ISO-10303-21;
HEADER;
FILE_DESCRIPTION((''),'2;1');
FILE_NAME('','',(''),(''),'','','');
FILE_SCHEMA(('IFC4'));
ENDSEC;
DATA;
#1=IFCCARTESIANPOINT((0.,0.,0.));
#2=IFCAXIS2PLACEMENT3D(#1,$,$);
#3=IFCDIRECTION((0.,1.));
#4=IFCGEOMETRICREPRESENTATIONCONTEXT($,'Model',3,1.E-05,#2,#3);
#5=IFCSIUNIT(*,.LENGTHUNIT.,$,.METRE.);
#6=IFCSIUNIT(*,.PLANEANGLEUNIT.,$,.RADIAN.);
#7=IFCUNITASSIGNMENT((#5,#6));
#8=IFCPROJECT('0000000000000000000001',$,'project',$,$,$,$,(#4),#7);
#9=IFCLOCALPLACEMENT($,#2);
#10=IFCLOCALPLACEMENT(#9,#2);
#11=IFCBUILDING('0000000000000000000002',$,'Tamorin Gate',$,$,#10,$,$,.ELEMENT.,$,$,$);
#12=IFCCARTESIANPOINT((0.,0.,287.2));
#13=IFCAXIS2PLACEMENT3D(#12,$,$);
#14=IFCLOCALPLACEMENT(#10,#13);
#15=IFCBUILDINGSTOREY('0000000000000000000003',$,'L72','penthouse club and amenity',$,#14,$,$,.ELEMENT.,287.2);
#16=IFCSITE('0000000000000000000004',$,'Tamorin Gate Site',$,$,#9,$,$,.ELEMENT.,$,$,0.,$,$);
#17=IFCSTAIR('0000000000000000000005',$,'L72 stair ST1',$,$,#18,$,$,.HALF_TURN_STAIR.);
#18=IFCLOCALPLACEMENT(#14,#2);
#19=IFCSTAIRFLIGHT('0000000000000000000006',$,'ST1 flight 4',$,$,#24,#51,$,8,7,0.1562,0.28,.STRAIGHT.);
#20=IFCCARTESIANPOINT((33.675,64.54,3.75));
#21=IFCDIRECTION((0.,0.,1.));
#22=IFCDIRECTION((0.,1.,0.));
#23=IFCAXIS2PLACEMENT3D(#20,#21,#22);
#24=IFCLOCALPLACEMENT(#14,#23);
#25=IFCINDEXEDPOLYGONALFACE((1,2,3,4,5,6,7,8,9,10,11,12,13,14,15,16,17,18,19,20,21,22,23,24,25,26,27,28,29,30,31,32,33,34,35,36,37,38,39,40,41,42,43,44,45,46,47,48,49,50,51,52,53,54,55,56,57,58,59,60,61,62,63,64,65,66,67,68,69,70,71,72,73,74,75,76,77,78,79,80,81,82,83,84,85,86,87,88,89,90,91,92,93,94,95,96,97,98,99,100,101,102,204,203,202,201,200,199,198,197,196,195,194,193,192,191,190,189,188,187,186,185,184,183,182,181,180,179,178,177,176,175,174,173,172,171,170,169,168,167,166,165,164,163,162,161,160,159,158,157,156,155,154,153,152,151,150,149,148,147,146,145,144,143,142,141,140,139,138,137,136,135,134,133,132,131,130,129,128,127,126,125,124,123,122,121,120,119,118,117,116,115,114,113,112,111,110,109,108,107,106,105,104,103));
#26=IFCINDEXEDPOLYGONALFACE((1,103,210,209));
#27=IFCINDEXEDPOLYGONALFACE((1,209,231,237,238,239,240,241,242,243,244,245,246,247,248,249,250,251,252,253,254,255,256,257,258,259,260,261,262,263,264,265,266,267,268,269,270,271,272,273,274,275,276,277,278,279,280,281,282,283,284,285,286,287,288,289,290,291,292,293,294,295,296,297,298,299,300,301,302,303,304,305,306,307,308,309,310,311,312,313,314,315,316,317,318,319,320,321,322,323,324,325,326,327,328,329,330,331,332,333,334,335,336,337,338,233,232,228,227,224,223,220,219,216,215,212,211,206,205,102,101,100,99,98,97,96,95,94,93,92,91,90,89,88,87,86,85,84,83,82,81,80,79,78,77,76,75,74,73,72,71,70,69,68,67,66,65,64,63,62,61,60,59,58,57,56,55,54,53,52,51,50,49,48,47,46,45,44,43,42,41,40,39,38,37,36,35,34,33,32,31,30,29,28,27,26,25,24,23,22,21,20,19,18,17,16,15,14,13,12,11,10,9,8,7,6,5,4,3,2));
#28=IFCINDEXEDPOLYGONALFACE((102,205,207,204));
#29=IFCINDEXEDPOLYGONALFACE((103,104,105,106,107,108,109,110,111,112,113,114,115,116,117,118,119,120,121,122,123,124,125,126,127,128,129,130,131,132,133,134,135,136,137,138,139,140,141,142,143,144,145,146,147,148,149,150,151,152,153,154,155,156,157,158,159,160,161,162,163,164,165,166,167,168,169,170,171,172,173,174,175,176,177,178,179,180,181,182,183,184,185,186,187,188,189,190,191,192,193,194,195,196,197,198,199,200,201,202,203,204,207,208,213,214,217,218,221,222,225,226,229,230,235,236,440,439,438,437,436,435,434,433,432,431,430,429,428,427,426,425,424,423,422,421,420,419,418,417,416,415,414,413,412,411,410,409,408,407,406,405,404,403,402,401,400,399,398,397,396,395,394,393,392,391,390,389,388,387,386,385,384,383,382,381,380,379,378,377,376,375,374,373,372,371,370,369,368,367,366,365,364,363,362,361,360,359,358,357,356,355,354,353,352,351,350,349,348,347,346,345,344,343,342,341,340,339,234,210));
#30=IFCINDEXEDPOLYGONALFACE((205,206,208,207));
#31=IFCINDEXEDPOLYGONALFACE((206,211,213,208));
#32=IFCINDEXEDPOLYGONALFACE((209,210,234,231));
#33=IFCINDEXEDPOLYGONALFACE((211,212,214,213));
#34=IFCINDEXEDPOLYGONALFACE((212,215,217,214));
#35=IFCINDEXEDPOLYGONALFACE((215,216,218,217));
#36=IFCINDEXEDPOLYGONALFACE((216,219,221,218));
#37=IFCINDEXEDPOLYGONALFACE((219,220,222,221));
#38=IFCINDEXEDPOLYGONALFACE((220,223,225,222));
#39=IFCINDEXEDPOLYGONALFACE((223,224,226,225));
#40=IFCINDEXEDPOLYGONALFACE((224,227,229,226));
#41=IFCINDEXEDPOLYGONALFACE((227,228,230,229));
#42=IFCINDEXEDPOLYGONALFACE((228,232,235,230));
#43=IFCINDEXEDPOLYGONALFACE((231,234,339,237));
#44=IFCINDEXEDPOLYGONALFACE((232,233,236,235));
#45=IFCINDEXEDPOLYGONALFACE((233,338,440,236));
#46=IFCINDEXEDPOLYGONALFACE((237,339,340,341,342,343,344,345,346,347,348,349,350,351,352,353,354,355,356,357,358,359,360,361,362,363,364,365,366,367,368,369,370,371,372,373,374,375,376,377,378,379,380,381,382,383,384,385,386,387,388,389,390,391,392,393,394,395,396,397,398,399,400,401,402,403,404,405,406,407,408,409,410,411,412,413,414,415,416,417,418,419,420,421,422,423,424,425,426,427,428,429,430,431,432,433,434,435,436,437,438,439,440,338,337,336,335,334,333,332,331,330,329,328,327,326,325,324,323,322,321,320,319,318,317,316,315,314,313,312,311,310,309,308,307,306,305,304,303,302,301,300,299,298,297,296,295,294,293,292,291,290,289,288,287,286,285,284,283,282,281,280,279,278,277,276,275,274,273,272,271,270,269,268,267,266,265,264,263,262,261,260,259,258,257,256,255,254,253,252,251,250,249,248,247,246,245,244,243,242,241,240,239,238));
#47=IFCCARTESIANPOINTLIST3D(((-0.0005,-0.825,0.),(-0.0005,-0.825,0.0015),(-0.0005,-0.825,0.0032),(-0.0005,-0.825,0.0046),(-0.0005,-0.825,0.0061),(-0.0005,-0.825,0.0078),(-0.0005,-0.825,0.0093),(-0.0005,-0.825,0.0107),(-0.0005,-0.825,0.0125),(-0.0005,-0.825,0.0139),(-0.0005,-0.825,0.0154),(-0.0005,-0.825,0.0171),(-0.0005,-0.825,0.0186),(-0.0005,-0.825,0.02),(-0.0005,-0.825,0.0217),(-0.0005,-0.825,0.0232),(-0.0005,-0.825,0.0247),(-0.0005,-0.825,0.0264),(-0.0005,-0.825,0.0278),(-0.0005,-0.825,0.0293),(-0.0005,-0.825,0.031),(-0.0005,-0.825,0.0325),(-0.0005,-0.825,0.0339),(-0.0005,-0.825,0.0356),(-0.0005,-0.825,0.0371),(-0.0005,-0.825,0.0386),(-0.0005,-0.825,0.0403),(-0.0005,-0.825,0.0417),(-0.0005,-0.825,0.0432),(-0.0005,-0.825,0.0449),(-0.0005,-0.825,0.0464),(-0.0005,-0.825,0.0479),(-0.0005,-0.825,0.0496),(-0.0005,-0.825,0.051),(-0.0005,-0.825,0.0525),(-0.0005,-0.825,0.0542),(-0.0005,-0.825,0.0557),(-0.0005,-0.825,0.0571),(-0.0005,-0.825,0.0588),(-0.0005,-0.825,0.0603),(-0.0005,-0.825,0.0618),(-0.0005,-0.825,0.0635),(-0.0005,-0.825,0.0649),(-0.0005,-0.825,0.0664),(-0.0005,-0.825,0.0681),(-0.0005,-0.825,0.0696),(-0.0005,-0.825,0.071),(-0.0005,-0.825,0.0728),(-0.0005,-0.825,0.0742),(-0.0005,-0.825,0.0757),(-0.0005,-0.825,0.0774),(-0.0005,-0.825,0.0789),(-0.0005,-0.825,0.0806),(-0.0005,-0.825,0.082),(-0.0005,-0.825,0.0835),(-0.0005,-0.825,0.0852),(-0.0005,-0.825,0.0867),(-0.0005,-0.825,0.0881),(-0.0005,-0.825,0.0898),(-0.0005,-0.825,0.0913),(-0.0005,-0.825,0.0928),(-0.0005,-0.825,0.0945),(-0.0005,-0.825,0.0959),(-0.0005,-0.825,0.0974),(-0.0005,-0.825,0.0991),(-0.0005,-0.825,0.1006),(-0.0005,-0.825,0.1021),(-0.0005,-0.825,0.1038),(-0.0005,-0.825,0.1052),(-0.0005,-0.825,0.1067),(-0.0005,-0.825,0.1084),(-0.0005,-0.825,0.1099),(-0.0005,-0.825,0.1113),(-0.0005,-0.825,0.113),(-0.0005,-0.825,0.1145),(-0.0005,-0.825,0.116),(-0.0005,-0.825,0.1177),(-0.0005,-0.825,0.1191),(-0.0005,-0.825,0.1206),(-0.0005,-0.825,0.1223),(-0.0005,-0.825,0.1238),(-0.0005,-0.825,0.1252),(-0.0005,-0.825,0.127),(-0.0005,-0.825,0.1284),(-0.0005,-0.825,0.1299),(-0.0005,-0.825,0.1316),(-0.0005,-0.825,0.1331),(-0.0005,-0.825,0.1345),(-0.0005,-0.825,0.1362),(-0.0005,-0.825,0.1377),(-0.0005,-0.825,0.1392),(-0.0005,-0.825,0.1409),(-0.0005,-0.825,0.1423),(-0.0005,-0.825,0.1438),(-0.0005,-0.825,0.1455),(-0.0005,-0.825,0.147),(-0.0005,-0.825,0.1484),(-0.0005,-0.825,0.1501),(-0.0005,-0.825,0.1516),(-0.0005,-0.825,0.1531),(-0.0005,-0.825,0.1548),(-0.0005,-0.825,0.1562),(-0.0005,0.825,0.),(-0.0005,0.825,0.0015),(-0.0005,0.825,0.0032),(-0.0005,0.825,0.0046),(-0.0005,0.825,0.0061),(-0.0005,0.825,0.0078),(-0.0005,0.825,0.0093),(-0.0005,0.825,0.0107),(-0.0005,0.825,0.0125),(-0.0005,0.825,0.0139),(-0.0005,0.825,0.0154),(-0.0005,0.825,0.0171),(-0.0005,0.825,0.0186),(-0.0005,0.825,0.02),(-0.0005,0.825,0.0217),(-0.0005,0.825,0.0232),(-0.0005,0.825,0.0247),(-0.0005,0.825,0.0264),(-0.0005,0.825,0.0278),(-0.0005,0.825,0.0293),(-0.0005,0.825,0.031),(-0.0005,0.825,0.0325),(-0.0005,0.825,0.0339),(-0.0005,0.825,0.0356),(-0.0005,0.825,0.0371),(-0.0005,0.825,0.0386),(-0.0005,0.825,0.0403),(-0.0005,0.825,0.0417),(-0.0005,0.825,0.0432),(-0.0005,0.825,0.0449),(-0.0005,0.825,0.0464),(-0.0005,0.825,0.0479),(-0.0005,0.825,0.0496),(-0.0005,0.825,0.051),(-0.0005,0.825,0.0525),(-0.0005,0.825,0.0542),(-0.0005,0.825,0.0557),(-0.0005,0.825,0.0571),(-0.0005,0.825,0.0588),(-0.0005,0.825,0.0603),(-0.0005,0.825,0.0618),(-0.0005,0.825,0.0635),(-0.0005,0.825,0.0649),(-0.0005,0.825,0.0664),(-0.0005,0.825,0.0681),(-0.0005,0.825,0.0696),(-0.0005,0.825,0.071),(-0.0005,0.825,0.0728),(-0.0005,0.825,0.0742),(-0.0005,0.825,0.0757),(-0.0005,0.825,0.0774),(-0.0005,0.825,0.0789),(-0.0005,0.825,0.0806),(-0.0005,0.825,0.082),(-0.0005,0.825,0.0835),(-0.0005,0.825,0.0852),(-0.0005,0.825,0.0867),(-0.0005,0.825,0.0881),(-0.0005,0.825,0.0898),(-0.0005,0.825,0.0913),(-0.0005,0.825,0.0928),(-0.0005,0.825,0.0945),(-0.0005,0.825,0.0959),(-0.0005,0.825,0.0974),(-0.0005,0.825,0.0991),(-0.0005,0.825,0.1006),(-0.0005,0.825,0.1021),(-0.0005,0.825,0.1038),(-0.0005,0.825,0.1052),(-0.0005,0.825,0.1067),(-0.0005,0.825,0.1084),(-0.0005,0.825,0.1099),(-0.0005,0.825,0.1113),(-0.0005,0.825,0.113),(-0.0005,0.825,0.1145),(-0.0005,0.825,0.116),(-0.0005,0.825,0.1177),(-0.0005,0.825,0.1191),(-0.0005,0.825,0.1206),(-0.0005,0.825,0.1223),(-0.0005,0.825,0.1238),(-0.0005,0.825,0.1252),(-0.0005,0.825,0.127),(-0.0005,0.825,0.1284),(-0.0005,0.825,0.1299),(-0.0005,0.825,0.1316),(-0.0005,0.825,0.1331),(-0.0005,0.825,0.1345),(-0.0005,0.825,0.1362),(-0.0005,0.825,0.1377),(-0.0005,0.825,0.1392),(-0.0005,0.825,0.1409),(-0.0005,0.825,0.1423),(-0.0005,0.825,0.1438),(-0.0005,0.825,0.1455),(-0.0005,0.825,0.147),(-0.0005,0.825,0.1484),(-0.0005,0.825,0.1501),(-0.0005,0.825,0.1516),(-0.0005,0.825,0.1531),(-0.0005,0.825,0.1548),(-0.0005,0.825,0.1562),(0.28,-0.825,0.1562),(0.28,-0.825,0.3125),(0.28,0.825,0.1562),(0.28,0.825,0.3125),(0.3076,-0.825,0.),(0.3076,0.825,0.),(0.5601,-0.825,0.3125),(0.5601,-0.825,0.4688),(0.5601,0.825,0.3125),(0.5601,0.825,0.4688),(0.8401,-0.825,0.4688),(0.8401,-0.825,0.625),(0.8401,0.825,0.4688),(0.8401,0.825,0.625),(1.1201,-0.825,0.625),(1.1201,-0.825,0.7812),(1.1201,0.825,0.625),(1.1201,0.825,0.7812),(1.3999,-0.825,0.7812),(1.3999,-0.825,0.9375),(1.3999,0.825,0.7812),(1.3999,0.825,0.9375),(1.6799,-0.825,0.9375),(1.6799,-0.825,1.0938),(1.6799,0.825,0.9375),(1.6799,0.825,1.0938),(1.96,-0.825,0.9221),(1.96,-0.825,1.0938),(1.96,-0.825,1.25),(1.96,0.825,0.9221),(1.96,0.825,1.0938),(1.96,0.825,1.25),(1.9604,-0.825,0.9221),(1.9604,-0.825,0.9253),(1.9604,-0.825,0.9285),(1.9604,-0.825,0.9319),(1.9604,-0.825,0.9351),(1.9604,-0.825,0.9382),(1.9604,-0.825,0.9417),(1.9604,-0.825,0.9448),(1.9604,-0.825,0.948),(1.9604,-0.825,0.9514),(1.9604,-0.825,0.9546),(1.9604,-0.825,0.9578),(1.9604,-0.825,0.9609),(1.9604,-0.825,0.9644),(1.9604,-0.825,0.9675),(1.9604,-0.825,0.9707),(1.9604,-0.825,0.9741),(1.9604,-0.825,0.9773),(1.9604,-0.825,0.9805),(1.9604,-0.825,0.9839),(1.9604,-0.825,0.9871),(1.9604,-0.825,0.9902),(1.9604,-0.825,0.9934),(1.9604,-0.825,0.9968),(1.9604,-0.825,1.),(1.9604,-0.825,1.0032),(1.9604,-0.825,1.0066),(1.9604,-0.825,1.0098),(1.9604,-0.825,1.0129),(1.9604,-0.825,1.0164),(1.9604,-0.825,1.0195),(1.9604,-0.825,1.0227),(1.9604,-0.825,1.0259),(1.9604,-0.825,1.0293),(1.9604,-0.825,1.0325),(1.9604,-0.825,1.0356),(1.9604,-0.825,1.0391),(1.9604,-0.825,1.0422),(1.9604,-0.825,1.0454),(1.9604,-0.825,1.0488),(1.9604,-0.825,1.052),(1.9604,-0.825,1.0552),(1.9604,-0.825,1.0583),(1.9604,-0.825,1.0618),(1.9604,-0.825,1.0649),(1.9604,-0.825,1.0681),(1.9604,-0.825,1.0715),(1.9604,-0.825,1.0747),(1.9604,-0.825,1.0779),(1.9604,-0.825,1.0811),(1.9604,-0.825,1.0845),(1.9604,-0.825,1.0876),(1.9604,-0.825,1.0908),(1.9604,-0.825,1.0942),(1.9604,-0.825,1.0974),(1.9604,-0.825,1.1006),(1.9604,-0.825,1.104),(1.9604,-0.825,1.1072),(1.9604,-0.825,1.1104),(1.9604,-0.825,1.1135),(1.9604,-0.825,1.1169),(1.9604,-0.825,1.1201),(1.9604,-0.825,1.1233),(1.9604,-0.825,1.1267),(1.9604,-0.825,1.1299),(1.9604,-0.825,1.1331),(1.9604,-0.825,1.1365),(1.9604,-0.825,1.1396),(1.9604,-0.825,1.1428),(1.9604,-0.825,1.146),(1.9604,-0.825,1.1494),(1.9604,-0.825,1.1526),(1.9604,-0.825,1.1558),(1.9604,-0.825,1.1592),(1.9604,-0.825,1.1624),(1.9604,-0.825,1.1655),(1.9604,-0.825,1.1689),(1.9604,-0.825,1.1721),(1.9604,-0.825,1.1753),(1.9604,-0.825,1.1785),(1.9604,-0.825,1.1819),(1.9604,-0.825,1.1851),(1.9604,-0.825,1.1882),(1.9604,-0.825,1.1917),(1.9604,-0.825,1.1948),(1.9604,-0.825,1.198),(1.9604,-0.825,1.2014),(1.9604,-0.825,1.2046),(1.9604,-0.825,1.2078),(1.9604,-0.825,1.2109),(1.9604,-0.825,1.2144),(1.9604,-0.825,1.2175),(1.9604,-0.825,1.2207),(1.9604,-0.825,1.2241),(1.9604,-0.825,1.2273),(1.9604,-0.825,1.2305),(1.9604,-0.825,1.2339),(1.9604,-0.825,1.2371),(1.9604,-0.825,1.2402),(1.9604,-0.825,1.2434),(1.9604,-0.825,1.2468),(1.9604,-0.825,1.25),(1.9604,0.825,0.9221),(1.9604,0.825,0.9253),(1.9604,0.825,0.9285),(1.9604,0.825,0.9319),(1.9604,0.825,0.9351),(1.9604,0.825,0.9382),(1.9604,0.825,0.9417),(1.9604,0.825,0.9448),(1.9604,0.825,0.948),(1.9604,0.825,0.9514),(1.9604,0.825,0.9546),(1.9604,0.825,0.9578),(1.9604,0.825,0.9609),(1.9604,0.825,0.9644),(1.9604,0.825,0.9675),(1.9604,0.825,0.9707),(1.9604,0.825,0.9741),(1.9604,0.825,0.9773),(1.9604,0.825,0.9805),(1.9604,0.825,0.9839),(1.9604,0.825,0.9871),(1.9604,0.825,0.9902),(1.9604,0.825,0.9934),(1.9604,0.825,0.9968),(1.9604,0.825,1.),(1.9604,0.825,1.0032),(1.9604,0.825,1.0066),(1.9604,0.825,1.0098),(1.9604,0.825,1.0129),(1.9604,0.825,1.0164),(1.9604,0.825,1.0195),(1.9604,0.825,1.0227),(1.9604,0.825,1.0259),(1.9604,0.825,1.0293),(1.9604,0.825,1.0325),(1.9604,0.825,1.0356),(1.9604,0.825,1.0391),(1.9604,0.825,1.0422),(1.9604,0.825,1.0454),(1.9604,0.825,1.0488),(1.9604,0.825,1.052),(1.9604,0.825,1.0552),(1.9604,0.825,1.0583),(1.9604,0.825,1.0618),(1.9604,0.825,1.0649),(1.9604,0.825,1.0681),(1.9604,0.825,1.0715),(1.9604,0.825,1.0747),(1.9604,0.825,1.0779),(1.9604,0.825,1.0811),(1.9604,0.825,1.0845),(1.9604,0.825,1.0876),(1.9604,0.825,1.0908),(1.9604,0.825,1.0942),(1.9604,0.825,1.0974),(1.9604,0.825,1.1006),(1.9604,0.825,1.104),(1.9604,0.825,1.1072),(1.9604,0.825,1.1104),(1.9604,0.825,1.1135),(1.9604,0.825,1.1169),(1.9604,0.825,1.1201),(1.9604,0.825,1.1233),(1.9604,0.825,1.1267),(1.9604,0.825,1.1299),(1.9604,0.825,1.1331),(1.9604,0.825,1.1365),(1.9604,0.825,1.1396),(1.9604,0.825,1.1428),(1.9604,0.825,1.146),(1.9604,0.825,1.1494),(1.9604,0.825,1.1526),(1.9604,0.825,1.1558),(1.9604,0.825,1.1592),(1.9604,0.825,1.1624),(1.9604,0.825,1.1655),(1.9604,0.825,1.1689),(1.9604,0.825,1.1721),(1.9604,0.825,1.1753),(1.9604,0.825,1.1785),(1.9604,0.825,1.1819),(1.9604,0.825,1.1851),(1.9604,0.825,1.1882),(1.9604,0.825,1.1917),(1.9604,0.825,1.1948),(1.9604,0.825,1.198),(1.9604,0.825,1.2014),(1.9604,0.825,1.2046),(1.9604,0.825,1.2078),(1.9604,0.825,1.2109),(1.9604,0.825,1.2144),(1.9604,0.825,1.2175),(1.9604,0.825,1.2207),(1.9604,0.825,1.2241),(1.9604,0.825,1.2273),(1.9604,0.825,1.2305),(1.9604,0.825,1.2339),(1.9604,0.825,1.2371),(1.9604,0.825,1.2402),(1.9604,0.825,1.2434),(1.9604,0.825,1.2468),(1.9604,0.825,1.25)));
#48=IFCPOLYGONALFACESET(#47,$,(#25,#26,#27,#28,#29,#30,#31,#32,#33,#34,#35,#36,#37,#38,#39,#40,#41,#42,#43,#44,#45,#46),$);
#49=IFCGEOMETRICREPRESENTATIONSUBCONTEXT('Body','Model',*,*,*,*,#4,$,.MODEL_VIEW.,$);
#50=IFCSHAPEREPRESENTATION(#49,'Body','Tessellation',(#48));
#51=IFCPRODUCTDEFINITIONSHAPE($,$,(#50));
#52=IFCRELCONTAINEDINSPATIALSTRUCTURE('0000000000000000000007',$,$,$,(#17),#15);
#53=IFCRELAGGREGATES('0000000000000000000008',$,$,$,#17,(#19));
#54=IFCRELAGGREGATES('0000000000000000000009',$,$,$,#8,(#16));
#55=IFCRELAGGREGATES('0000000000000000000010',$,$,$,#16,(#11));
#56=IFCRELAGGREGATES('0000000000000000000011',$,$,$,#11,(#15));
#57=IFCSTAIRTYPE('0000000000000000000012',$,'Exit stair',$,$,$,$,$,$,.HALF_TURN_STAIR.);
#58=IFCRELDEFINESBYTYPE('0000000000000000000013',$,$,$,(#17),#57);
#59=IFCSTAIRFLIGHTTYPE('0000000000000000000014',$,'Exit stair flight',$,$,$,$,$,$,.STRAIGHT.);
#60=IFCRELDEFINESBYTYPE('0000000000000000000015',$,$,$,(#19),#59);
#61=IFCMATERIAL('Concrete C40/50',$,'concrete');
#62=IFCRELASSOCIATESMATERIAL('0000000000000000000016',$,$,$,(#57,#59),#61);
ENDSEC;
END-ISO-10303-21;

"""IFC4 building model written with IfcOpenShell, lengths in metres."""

from ifc_helpers import new_model, si_unit, direction, frame, origin, place, context, subcontext, project, spatial, polyline, outline, extrude, material, type_object, element, aggregate, save


model = new_model("IFC4")

# Units and contexts
model_context = context("Model", 3, precision=1e-05, world=origin(), true_north=direction((0.0, 1.0)))
body_context = subcontext(model_context, "Body", "Model", "MODEL_VIEW")
ifc_project = project(units=[si_unit("LENGTHUNIT", "METRE"), si_unit("PLANEANGLEUNIT", "RADIAN")], contexts=[model_context])

# Site, building, storey
site_placement = place(None, origin())
site = spatial("IfcSite", under=ifc_project, at=site_placement, Name="Tamorin Gate Site", CompositionType="ELEMENT", RefElevation=0.0)
building_placement = place(site_placement, origin())
building = spatial("IfcBuilding", under=site, at=building_placement, Name="Tamorin Gate", CompositionType="ELEMENT")
storey_placement = place(building_placement, frame((0.0, 0.0, 287.2)))
storey = spatial("IfcBuildingStorey", under=building, at=storey_placement, Name="L72", Description="penthouse club and amenity", CompositionType="ELEMENT", Elevation=287.2)

# Stair, stair flight
ifc_material_1 = material(Name="Concrete C40/50", Category="concrete")
stair_type = type_object("IfcStairType", Name="Exit stair", PredefinedType="HALF_TURN_STAIR", material=ifc_material_1)
stair_placement = place(storey_placement, origin())
stair = element("IfcStair", 1, at=stair_placement, inside=storey, type_object=stair_type, Name="L72 stair ST1", PredefinedType="HALF_TURN_STAIR")
stair_flight_type = type_object("IfcStairFlightType", Name="Exit stair flight", PredefinedType="STRAIGHT", material=ifc_material_1)
stair_flight_1_placement = place(storey_placement, frame((33.675, 64.54, 3.75), z_axis=(0.0, 0.0, 1.0), x_axis=(0.0, 1.0, 0.0)))
stair_flight_1 = element("IfcStairFlight", 2, at=stair_flight_1_placement, type_object=stair_flight_type, Name="ST1 flight 4", NumberOfRisers=8, NumberOfTreads=7, PredefinedType="STRAIGHT", RiserHeight=0.1562, TreadLength=0.28, context=body_context, shape_type="SweptSolid", body=[
    extrude(outline(polyline([(-0.0005, 0.0), (-0.0005, 0.0015), (-0.0005, 0.0032), (-0.0005, 0.0046), (-0.0005, 0.0061), (-0.0005, 0.0078), (-0.0005, 0.0093), (-0.0005, 0.0107), (-0.0005, 0.0125), (-0.0005, 0.0139), (-0.0005, 0.0154), (-0.0005, 0.0171), (-0.0005, 0.0186), (-0.0005, 0.02), (-0.0005, 0.0217), (-0.0005, 0.0232), (-0.0005, 0.0247), (-0.0005, 0.0264), (-0.0005, 0.0278), (-0.0005, 0.0293), (-0.0005, 0.031), (-0.0005, 0.0325), (-0.0005, 0.0339), (-0.0005, 0.0356), (-0.0005, 0.0371), (-0.0005, 0.0386), (-0.0005, 0.0403), (-0.0005, 0.0417), (-0.0005, 0.0432), (-0.0005, 0.0449), (-0.0005, 0.0464), (-0.0005, 0.0479), (-0.0005, 0.0496), (-0.0005, 0.051), (-0.0005, 0.0525), (-0.0005, 0.0542), (-0.0005, 0.0557), (-0.0005, 0.0571), (-0.0005, 0.0588), (-0.0005, 0.0603), (-0.0005, 0.0618), (-0.0005, 0.0635), (-0.0005, 0.0649), (-0.0005, 0.0664), (-0.0005, 0.0681), (-0.0005, 0.0696), (-0.0005, 0.071), (-0.0005, 0.0728), (-0.0005, 0.0742), (-0.0005, 0.0757), (-0.0005, 0.0774), (-0.0005, 0.0789), (-0.0005, 0.0806), (-0.0005, 0.082), (-0.0005, 0.0835), (-0.0005, 0.0852), (-0.0005, 0.0867), (-0.0005, 0.0881), (-0.0005, 0.0898), (-0.0005, 0.0913), (-0.0005, 0.0928), (-0.0005, 0.0945), (-0.0005, 0.0959), (-0.0005, 0.0974), (-0.0005, 0.0991), (-0.0005, 0.1006), (-0.0005, 0.1021), (-0.0005, 0.1038), (-0.0005, 0.1052), (-0.0005, 0.1067), (-0.0005, 0.1084), (-0.0005, 0.1099), (-0.0005, 0.1113), (-0.0005, 0.113), (-0.0005, 0.1145), (-0.0005, 0.116), (-0.0005, 0.1177), (-0.0005, 0.1191), (-0.0005, 0.1206), (-0.0005, 0.1223), (-0.0005, 0.1238), (-0.0005, 0.1252), (-0.0005, 0.127), (-0.0005, 0.1284), (-0.0005, 0.1299), (-0.0005, 0.1316), (-0.0005, 0.1331), (-0.0005, 0.1345), (-0.0005, 0.1362), (-0.0005, 0.1377), (-0.0005, 0.1392), (-0.0005, 0.1409), (-0.0005, 0.1423), (-0.0005, 0.1438), (-0.0005, 0.1455), (-0.0005, 0.147), (-0.0005, 0.1484), (-0.0005, 0.1501), (-0.0005, 0.1516), (-0.0005, 0.1531), (-0.0005, 0.1548), (-0.0005, 0.1562), (0.28, 0.1562), (0.28, 0.3125), (0.5601, 0.3125), (0.5601, 0.4688), (0.8401, 0.4688), (0.8401, 0.625), (1.1201, 0.625), (1.1201, 0.7812), (1.3999, 0.7812), (1.3999, 0.9375), (1.6799, 0.9375), (1.6799, 1.0938), (1.96, 1.0938), (1.96, 1.25), (1.9604, 1.25), (1.9604, 1.2468), (1.9604, 1.2434), (1.9604, 1.2402), (1.9604, 1.2371), (1.9604, 1.2339), (1.9604, 1.2305), (1.9604, 1.2273), (1.9604, 1.2241), (1.9604, 1.2207), (1.9604, 1.2175), (1.9604, 1.2144), (1.9604, 1.2109), (1.9604, 1.2078), (1.9604, 1.2046), (1.9604, 1.2014), (1.9604, 1.198), (1.9604, 1.1948), (1.9604, 1.1917), (1.9604, 1.1882), (1.9604, 1.1851), (1.9604, 1.1819), (1.9604, 1.1785), (1.9604, 1.1753), (1.9604, 1.1721), (1.9604, 1.1689), (1.9604, 1.1655), (1.9604, 1.1624), (1.9604, 1.1592), (1.9604, 1.1558), (1.9604, 1.1526), (1.9604, 1.1494), (1.9604, 1.146), (1.9604, 1.1428), (1.9604, 1.1396), (1.9604, 1.1365), (1.9604, 1.1331), (1.9604, 1.1299), (1.9604, 1.1267), (1.9604, 1.1233), (1.9604, 1.1201), (1.9604, 1.1169), (1.9604, 1.1135), (1.9604, 1.1104), (1.9604, 1.1072), (1.9604, 1.104), (1.9604, 1.1006), (1.9604, 1.0974), (1.9604, 1.0942), (1.9604, 1.0908), (1.9604, 1.0876), (1.9604, 1.0845), (1.9604, 1.0811), (1.9604, 1.0779), (1.9604, 1.0747), (1.9604, 1.0715), (1.9604, 1.0681), (1.9604, 1.0649), (1.9604, 1.0618), (1.9604, 1.0583), (1.9604, 1.0552), (1.9604, 1.052), (1.9604, 1.0488), (1.9604, 1.0454), (1.9604, 1.0422), (1.9604, 1.0391), (1.9604, 1.0356), (1.9604, 1.0325), (1.9604, 1.0293), (1.9604, 1.0259), (1.9604, 1.0227), (1.9604, 1.0195), (1.9604, 1.0164), (1.9604, 1.0129), (1.9604, 1.0098), (1.9604, 1.0066), (1.9604, 1.0032), (1.9604, 1.0), (1.9604, 0.9968), (1.9604, 0.9934), (1.9604, 0.9902), (1.9604, 0.9871), (1.9604, 0.9839), (1.9604, 0.9805), (1.9604, 0.9773), (1.9604, 0.9741), (1.9604, 0.9707), (1.9604, 0.9675), (1.9604, 0.9644), (1.9604, 0.9609), (1.9604, 0.9578), (1.9604, 0.9546), (1.9604, 0.9514), (1.9604, 0.948), (1.9604, 0.9448), (1.9604, 0.9417), (1.9604, 0.9382), (1.9604, 0.9351), (1.9604, 0.9319), (1.9604, 0.9285), (1.9604, 0.9253), (1.9604, 0.9221), (1.96, 0.9221), (0.3076, 0.0), (-0.0005, 0.0)])), frame((0.0, 0.825, 0.0), z_axis=(0.0, -1.0, 0.0), x_axis=(1.0, 0.0, 0.0)), (0.0, 0.0, 1.0), 1.6499),
])
aggregate(stair, [stair_flight_1])

save(model, "model.ifc")
